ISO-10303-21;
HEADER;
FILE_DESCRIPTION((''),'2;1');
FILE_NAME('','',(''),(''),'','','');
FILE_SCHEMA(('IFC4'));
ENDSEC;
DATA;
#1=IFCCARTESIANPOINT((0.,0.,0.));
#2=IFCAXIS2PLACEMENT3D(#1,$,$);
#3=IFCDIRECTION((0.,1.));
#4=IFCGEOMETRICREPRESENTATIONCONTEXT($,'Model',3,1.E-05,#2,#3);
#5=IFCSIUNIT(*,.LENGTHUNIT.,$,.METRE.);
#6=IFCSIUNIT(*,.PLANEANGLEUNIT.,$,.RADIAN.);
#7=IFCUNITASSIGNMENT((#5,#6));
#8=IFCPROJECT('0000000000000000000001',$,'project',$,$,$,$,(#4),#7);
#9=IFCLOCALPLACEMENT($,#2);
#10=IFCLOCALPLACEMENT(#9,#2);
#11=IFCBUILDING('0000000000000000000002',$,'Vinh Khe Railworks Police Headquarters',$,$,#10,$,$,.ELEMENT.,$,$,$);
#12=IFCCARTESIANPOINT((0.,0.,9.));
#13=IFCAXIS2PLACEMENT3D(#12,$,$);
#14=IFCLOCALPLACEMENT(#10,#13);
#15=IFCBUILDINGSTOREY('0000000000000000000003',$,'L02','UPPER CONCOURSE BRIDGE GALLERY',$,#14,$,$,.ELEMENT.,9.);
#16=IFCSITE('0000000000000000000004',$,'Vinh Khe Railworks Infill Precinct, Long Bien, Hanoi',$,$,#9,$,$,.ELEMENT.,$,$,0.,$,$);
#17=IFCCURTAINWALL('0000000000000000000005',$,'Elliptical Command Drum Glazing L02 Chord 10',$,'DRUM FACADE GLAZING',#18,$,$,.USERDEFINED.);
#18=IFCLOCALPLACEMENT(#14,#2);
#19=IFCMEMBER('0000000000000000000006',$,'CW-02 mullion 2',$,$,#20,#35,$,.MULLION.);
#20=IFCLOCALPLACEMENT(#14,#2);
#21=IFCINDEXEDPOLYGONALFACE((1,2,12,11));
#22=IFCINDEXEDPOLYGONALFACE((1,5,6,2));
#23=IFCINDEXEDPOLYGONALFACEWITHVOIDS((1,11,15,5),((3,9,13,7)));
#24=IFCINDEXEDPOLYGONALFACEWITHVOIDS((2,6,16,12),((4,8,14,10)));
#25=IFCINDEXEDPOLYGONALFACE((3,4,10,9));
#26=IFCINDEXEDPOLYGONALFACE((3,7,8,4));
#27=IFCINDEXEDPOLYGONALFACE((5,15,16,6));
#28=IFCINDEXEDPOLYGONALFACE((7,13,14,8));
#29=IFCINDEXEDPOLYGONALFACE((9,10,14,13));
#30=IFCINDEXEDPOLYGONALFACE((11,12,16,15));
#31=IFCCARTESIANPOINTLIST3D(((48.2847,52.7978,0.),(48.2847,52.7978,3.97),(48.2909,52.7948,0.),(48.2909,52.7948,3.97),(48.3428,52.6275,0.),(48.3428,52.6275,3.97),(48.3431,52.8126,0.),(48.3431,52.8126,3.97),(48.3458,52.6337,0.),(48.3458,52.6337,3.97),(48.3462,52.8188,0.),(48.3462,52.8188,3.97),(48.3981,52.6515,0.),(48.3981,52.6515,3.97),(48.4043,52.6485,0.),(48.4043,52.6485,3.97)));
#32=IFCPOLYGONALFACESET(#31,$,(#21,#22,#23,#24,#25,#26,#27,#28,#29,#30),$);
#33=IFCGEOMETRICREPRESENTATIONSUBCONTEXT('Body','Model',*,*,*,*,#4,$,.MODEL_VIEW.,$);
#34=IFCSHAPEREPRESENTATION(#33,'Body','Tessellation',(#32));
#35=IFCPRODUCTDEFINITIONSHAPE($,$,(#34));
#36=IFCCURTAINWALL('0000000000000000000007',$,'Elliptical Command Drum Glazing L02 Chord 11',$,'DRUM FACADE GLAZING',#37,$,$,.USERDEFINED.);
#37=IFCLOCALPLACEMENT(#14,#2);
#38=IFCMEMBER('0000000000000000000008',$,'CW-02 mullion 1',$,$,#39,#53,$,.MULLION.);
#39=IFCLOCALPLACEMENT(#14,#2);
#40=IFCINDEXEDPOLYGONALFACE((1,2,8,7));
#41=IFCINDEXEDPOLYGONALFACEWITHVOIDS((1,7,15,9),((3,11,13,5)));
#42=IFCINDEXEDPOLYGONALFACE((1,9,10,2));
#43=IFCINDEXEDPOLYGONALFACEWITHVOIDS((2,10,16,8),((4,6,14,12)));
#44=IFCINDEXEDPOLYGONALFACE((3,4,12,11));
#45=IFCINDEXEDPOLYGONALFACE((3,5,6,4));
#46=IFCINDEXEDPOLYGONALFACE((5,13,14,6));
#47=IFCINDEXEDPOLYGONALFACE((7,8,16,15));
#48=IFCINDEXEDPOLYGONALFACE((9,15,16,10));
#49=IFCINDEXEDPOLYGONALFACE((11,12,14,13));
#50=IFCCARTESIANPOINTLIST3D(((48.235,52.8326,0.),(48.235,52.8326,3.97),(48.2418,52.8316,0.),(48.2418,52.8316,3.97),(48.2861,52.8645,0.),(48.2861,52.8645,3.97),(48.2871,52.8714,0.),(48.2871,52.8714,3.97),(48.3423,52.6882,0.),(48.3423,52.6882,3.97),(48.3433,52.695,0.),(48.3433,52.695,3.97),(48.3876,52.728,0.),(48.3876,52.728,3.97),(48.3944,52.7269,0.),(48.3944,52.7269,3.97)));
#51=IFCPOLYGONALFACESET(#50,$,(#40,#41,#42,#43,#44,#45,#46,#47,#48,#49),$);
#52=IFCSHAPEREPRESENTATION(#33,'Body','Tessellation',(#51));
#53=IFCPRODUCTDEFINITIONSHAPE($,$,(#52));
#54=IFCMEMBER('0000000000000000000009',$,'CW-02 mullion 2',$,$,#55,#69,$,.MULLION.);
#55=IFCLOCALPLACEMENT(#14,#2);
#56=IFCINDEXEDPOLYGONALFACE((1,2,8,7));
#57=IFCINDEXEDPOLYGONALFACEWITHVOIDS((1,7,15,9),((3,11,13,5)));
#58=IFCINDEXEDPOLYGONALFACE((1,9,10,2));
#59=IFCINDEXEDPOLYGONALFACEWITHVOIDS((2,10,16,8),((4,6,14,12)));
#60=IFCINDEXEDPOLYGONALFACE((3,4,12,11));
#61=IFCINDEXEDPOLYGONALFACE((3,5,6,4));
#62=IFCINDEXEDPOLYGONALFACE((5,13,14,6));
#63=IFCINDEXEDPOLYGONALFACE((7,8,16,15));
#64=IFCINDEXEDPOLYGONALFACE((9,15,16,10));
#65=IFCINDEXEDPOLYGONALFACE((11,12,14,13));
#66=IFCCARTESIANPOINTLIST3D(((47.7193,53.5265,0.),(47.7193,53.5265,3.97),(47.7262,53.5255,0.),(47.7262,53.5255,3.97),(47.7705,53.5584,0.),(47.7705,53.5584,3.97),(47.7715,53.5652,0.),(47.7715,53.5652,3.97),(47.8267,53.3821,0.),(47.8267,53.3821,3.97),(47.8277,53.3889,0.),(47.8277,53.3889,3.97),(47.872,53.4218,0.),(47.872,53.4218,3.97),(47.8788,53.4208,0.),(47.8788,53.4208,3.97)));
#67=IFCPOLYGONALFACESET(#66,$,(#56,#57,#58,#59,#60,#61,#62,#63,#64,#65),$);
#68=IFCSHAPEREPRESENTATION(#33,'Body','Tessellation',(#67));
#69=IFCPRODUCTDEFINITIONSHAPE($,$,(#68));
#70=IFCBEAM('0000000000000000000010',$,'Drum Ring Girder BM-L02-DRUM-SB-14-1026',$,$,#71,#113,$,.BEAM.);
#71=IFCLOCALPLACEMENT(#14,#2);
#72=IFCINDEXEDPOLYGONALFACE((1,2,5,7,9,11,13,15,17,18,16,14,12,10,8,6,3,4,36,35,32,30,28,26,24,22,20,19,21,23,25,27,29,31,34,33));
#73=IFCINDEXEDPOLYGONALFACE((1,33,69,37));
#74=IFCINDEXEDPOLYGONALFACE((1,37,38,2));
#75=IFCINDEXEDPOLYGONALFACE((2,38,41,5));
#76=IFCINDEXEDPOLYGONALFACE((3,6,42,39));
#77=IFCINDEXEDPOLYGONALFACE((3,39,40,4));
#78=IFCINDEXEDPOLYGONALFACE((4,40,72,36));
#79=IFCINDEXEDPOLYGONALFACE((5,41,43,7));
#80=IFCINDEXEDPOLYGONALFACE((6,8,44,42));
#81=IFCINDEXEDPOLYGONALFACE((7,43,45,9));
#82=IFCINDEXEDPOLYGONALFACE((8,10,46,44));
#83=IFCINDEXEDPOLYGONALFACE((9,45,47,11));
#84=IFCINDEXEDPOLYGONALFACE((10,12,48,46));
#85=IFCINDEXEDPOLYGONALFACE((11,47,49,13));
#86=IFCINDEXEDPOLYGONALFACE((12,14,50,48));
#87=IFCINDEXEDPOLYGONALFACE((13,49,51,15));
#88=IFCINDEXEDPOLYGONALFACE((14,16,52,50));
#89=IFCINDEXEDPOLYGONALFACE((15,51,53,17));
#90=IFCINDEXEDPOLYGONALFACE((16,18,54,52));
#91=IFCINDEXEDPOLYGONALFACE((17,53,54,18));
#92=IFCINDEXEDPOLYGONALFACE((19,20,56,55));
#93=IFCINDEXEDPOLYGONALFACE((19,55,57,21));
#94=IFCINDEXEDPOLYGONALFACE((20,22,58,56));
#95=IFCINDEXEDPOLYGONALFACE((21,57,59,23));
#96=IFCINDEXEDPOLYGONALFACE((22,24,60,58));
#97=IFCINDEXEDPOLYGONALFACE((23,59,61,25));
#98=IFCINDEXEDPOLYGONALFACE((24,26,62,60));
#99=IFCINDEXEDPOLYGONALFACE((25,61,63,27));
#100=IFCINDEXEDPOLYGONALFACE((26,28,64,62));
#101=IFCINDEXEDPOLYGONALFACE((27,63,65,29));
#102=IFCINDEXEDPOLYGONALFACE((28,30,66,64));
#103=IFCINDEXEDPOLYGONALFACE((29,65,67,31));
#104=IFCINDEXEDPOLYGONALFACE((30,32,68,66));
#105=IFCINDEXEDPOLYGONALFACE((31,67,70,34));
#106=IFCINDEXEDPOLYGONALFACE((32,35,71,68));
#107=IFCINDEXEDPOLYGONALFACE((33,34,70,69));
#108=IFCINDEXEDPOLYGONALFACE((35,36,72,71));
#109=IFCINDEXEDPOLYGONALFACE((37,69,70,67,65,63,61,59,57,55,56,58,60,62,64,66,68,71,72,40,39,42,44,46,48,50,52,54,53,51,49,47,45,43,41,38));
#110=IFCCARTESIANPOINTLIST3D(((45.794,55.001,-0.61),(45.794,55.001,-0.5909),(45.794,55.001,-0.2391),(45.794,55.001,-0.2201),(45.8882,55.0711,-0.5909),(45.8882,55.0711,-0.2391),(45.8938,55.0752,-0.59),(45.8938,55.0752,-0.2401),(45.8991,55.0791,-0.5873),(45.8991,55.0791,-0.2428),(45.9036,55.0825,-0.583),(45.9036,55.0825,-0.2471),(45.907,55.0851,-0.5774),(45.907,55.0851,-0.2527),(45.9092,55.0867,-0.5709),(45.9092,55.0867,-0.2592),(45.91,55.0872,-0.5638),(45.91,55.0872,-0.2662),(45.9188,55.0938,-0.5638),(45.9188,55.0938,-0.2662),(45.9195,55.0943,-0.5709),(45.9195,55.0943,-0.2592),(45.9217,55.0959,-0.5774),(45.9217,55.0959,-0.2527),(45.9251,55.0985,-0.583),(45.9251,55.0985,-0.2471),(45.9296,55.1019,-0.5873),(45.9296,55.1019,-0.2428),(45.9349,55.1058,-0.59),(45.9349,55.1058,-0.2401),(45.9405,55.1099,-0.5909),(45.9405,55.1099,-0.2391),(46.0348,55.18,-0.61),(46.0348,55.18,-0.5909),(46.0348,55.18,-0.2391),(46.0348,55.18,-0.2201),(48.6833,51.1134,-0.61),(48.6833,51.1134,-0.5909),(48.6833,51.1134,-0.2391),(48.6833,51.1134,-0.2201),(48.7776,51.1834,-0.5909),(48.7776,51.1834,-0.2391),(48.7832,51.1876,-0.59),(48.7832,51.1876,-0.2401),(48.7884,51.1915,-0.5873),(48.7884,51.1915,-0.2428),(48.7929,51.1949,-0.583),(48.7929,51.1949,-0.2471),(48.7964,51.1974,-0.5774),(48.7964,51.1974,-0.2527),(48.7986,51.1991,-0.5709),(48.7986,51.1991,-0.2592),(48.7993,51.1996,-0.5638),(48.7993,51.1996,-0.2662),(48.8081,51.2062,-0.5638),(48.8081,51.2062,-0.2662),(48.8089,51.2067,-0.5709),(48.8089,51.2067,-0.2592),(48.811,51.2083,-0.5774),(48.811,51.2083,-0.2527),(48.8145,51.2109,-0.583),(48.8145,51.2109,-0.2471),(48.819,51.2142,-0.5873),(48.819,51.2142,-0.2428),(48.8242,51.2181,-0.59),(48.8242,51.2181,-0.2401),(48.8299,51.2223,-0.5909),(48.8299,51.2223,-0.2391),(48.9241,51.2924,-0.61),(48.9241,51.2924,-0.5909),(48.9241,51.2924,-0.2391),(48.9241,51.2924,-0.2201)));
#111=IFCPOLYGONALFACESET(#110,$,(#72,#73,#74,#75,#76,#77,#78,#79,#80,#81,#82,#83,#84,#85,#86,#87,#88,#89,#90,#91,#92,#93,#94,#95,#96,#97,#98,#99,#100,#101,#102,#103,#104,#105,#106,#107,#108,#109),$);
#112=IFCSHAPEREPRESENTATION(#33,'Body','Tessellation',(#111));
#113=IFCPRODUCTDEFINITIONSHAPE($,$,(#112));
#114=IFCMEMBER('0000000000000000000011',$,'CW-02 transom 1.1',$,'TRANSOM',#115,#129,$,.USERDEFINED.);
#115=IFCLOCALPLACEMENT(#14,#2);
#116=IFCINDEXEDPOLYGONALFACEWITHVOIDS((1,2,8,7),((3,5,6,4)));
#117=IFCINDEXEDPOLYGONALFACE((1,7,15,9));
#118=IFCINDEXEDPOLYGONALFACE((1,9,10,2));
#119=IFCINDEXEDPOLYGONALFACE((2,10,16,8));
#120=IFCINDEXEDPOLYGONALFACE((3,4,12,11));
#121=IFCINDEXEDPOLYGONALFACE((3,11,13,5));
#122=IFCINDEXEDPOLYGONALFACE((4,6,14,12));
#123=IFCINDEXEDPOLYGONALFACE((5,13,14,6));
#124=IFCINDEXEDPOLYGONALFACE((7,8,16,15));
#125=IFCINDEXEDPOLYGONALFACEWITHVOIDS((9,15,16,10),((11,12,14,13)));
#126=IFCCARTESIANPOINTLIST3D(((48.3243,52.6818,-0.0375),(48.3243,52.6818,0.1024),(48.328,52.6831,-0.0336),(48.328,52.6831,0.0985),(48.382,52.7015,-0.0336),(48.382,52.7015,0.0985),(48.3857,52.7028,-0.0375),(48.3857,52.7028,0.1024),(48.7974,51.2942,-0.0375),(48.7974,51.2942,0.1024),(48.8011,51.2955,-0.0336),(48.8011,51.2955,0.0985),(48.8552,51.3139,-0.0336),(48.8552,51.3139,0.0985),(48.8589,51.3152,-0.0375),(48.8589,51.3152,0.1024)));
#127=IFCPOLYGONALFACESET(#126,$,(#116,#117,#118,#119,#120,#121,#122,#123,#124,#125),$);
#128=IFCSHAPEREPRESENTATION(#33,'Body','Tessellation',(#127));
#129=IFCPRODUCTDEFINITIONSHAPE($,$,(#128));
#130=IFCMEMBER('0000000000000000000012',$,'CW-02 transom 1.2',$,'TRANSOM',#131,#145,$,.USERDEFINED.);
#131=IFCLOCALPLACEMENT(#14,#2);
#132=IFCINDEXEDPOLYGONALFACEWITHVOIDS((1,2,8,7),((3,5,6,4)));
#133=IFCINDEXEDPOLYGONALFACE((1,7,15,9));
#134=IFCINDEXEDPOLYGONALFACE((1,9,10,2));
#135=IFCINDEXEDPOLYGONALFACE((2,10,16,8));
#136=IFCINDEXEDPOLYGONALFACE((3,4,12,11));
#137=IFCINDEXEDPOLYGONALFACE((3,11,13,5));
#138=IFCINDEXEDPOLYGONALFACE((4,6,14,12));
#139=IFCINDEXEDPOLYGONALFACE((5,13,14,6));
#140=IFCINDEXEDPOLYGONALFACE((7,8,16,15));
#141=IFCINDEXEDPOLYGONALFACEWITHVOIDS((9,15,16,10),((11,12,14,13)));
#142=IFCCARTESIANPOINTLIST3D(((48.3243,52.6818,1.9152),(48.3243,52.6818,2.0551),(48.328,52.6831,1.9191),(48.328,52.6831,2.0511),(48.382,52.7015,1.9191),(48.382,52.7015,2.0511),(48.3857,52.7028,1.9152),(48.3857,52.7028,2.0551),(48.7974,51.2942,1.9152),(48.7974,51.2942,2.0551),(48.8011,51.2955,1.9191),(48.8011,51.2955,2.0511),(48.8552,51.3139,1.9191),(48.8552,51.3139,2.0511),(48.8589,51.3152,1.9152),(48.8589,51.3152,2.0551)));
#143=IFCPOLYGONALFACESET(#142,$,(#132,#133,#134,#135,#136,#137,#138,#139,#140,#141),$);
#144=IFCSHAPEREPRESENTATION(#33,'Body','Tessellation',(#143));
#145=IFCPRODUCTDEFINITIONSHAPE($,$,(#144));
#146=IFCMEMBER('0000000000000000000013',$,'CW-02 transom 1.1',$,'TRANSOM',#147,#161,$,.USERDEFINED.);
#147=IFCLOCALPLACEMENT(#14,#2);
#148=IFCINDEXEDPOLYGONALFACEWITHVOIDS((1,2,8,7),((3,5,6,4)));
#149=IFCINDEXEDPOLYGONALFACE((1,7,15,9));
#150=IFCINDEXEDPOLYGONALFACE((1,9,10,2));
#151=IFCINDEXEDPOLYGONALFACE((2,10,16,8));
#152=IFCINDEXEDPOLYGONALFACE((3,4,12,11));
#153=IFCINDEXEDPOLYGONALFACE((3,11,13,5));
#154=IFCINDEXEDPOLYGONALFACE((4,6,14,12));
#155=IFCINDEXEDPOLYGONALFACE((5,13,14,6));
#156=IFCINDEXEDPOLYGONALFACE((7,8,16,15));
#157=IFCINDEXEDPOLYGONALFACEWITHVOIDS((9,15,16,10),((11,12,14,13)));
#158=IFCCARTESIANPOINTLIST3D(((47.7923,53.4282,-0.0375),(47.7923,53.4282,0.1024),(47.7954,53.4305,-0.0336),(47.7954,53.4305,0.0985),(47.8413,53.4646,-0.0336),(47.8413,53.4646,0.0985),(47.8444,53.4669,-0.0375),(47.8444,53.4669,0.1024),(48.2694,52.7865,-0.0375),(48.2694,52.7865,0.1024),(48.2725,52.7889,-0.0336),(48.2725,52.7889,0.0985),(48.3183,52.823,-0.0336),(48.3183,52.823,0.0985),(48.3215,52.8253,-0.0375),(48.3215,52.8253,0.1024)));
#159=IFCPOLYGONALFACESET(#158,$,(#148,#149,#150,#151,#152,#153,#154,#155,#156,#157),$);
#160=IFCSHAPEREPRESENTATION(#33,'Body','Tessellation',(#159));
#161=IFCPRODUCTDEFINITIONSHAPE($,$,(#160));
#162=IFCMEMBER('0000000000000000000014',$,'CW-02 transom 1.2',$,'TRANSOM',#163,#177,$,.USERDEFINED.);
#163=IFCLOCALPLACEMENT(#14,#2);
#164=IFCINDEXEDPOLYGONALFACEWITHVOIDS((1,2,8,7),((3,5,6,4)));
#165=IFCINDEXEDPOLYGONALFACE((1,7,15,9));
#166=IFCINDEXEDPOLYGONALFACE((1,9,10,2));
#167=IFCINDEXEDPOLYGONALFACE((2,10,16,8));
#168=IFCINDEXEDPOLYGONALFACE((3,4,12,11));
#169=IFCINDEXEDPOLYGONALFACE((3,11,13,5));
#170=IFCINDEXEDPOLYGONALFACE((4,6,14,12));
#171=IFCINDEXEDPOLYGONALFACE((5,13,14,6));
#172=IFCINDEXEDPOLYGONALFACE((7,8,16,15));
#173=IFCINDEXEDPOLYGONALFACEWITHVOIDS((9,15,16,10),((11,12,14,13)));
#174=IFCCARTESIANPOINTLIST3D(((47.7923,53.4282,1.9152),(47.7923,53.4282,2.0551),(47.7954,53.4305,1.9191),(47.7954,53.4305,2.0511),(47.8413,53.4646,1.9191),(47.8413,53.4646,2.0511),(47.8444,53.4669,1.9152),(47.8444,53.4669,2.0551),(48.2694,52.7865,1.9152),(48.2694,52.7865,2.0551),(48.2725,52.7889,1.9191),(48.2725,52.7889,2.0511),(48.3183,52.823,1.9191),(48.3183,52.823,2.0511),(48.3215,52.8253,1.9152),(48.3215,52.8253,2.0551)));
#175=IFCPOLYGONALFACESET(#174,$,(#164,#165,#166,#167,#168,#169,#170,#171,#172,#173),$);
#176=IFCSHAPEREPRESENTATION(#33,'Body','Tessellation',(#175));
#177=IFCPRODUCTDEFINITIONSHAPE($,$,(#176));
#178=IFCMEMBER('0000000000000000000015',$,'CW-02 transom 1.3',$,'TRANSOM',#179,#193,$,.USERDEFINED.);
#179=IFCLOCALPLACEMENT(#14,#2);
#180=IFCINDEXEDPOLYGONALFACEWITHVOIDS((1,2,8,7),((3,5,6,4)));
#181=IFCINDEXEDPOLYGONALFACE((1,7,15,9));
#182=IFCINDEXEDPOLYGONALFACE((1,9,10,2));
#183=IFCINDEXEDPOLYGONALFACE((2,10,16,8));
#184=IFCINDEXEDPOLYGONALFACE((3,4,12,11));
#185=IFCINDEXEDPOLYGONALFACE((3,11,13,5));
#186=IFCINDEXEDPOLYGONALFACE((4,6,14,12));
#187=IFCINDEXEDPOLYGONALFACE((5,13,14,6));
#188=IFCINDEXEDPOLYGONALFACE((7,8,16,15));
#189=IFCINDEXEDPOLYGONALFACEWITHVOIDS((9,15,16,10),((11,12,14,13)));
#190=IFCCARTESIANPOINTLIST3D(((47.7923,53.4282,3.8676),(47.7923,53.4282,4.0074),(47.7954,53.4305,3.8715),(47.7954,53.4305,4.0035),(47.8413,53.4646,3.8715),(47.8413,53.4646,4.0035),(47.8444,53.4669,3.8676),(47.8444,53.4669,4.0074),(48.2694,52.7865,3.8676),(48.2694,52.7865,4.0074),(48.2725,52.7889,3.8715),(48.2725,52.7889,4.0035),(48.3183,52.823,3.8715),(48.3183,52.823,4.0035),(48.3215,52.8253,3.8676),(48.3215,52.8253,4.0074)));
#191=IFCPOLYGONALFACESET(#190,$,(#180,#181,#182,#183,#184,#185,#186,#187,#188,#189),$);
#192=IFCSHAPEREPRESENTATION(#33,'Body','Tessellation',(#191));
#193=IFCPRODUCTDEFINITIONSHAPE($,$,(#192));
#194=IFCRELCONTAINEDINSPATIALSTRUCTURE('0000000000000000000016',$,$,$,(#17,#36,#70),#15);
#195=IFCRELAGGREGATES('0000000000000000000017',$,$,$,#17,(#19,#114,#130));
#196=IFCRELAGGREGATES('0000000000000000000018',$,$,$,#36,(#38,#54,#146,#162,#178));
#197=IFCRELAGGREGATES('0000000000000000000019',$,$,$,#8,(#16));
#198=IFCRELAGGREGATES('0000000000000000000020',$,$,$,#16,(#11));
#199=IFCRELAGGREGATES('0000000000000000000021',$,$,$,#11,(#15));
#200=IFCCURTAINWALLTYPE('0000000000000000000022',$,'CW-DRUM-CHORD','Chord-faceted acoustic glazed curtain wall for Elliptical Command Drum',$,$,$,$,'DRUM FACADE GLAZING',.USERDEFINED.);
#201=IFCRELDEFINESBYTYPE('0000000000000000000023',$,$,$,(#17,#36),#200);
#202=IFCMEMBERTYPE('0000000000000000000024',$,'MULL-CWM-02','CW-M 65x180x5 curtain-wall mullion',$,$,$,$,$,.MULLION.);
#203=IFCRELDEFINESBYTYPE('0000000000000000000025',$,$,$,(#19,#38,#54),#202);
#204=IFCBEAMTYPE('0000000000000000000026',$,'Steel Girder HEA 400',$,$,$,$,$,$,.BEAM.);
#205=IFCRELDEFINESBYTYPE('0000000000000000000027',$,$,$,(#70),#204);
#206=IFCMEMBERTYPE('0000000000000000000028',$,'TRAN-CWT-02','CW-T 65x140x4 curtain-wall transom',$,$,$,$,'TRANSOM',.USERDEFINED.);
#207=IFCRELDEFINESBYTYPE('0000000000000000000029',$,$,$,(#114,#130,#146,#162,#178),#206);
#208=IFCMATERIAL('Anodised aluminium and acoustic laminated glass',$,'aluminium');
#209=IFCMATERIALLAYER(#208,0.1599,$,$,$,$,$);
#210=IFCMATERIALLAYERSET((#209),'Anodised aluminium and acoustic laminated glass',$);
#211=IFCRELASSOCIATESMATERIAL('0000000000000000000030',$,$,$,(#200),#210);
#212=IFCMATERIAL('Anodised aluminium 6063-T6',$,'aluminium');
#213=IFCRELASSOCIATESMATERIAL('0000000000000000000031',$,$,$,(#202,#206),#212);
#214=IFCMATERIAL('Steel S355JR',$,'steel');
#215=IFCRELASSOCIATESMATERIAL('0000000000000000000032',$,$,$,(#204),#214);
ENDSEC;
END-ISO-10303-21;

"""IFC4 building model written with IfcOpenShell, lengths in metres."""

from ifc_helpers import new_model, si_unit, direction, frame, origin, origin_2d, place, context, subcontext, project, spatial, hollow_rectangle, i_section, extrude, material, layer, layer_set, material_profile, profile_set, type_object, element, aggregate, save


model = new_model("IFC4")

# Units and contexts
model_context = context("Model", 3, precision=1e-05, world=origin(), true_north=direction((0.0, 1.0)))
body_context = subcontext(model_context, "Body", "Model", "MODEL_VIEW")
ifc_project = project(units=[si_unit("LENGTHUNIT", "METRE"), si_unit("PLANEANGLEUNIT", "RADIAN")], contexts=[model_context])

# Site, building, storey
site_placement = place(None, origin())
site = spatial("IfcSite", under=ifc_project, at=site_placement, Name="Vinh Khe Railworks Infill Precinct, Long Bien, Hanoi", CompositionType="ELEMENT", RefElevation=0.0)
building_placement = place(site_placement, origin())
building = spatial("IfcBuilding", under=site, at=building_placement, Name="Vinh Khe Railworks Police Headquarters", CompositionType="ELEMENT")
storey_placement = place(building_placement, frame((0.0, 0.0, 9.0)))
storey = spatial("IfcBuildingStorey", under=building, at=storey_placement, Name="L02", Description="UPPER CONCOURSE BRIDGE GALLERY", CompositionType="ELEMENT", Elevation=9.0)

# Curtain wall, member
ifc_material_1 = material(Name="Anodised aluminium and acoustic laminated glass", Category="aluminium")
ifc_layer_1 = layer(ifc_material_1, 0.1599)
ifc_layer_set_1 = layer_set([ifc_layer_1], Name="Anodised aluminium and acoustic laminated glass")
curtain_wall_type = type_object("IfcCurtainWallType", Name="CW-DRUM-CHORD", Description="Chord-faceted acoustic glazed curtain wall for Elliptical Command Drum", ElementType="DRUM FACADE GLAZING", PredefinedType="USERDEFINED", material=ifc_layer_set_1)
curtain_wall_1_placement = place(storey_placement, origin())
curtain_wall_1 = element("IfcCurtainWall", 1, at=curtain_wall_1_placement, inside=storey, type_object=curtain_wall_type, Name="Elliptical Command Drum Glazing L02 Chord 10", ObjectType="DRUM FACADE GLAZING", PredefinedType="USERDEFINED")
ifc_material_2 = material(Name="Anodised aluminium 6063-T6", Category="aluminium")
ifc_material_profile_1 = material_profile(ifc_material_2, hollow_rectangle(XDim=0.0649, YDim=0.1799, WallThickness=0.0049, at=origin_2d()), Name="CW-M 65x180x5")
ifc_profile_set_1 = profile_set([ifc_material_profile_1], Name="Anodised aluminium 6063-T6")
member_type_1 = type_object("IfcMemberType", Name="MULL-CWM-02", Description="CW-M 65x180x5 curtain-wall mullion", PredefinedType="MULLION", material=ifc_profile_set_1)
member_1_placement = place(storey_placement, frame((48.3445, 52.7231, 0.0), z_axis=(0.0, 0.0, 1.0), x_axis=(-0.946486, -0.322746, 0.0)))
member_1 = element("IfcMember", 2, at=member_1_placement, type_object=member_type_1, Name="CW-02 mullion 2", PredefinedType="MULLION", context=body_context, shape_type="SweptSolid", body=[
    extrude(hollow_rectangle(XDim=0.0649, YDim=0.1799, WallThickness=0.0049, at=origin_2d()), origin(), (0.0, 0.0, 1.0), 3.97),
])

# Curtain wall, members
curtain_wall_2_placement = place(storey_placement, origin())
curtain_wall_2 = element("IfcCurtainWall", 3, at=curtain_wall_2_placement, inside=storey, type_object=curtain_wall_type, Name="Elliptical Command Drum Glazing L02 Chord 11", ObjectType="DRUM FACADE GLAZING", PredefinedType="USERDEFINED")
member_2_placement = place(storey_placement, frame((48.3147, 52.7798, 0.0), z_axis=(0.0, 0.0, 1.0), x_axis=(-0.802592, -0.596528, 0.0)))
member_2 = element("IfcMember", 4, at=member_2_placement, type_object=member_type_1, Name="CW-02 mullion 1", PredefinedType="MULLION", context=body_context, shape_type="SweptSolid", body=[
    extrude(hollow_rectangle(XDim=0.0649, YDim=0.1799, WallThickness=0.0049, at=origin_2d()), origin(), (0.0, 0.0, 1.0), 3.97),
])
member_3_placement = place(storey_placement, frame((47.7991, 53.4736, 0.0), z_axis=(0.0, 0.0, 1.0), x_axis=(-0.802592, -0.596528, 0.0)))
member_3 = element("IfcMember", 5, at=member_3_placement, type_object=member_type_1, Name="CW-02 mullion 2", PredefinedType="MULLION", context=body_context, shape_type="SweptSolid", body=[
    extrude(hollow_rectangle(XDim=0.0649, YDim=0.1799, WallThickness=0.0049, at=origin_2d()), origin(), (0.0, 0.0, 1.0), 3.97),
])

# Beam
ifc_material_3 = material(Name="Steel S355JR", Category="steel")
ifc_material_profile_2 = material_profile(ifc_material_3, i_section(OverallWidth=0.3, OverallDepth=0.3899, WebThickness=0.011, FlangeThickness=0.019, FilletRadius=0.0271, at=origin_2d()), Name="HEA 400")
ifc_profile_set_2 = profile_set([ifc_material_profile_2], Name="Steel S355JR")
beam_type = type_object("IfcBeamType", Name="Steel Girder HEA 400", PredefinedType="BEAM", material=ifc_profile_set_2)
beam_placement = place(storey_placement, frame((48.8037, 51.2029, -0.415), z_axis=(-0.596511, 0.802605, 0.0), x_axis=(-0.802605, -0.596511, 0.0)))
element("IfcBeam", 6, at=beam_placement, inside=storey, type_object=beam_type, Name="Drum Ring Girder BM-L02-DRUM-SB-14-1026", PredefinedType="BEAM", context=body_context, shape_type="SweptSolid", body=[
    extrude(i_section(OverallWidth=0.3, OverallDepth=0.3899, WebThickness=0.011, FlangeThickness=0.019, FilletRadius=0.0271, at=origin_2d()), origin(), (0.0, 0.0, 1.0), 4.8438),
])

# Members
ifc_material_profile_3 = material_profile(ifc_material_2, hollow_rectangle(XDim=0.0649, YDim=0.1399, WallThickness=0.0039, at=origin_2d()), Name="CW-T 65x140x4")
ifc_profile_set_3 = profile_set([ifc_material_profile_3], Name="Anodised aluminium 6063-T6")
member_type_2 = type_object("IfcMemberType", Name="TRAN-CWT-02", Description="CW-T 65x140x4 curtain-wall transom", ElementType="TRANSOM", PredefinedType="USERDEFINED", material=ifc_profile_set_3)
member_4_placement = place(storey_placement, frame((48.8281, 51.3047, 0.0325), z_axis=(-0.322715, 0.946496, 0.0), x_axis=(-0.946496, -0.322715, 0.0)))
member_4 = element("IfcMember", 7, at=member_4_placement, type_object=member_type_2, Name="CW-02 transom 1.1", ObjectType="TRANSOM", PredefinedType="USERDEFINED", context=body_context, shape_type="SweptSolid", body=[
    extrude(hollow_rectangle(XDim=0.0649, YDim=0.1399, WallThickness=0.0039, at=origin_2d()), origin(), (0.0, 0.0, 1.0), 1.4661),
])
member_5_placement = place(storey_placement, frame((48.8281, 51.3047, 1.9851), z_axis=(-0.322715, 0.946496, 0.0), x_axis=(-0.946496, -0.322715, 0.0)))
member_5 = element("IfcMember", 8, at=member_5_placement, type_object=member_type_2, Name="CW-02 transom 1.2", ObjectType="TRANSOM", PredefinedType="USERDEFINED", context=body_context, shape_type="SweptSolid", body=[
    extrude(hollow_rectangle(XDim=0.0649, YDim=0.1399, WallThickness=0.0039, at=origin_2d()), origin(), (0.0, 0.0, 1.0), 1.4661),
])
member_6_placement = place(storey_placement, frame((48.2954, 52.8059, 0.0325), z_axis=(-0.596673, 0.802485, 0.0), x_axis=(-0.802485, -0.596673, 0.0)))
member_6 = element("IfcMember", 9, at=member_6_placement, type_object=member_type_2, Name="CW-02 transom 1.1", ObjectType="TRANSOM", PredefinedType="USERDEFINED", context=body_context, shape_type="SweptSolid", body=[
    extrude(hollow_rectangle(XDim=0.0649, YDim=0.1399, WallThickness=0.0039, at=origin_2d()), origin(), (0.0, 0.0, 1.0), 0.7996),
])
member_7_placement = place(storey_placement, frame((48.2954, 52.8059, 1.9851), z_axis=(-0.596673, 0.802485, 0.0), x_axis=(-0.802485, -0.596673, 0.0)))
member_7 = element("IfcMember", 10, at=member_7_placement, type_object=member_type_2, Name="CW-02 transom 1.2", ObjectType="TRANSOM", PredefinedType="USERDEFINED", context=body_context, shape_type="SweptSolid", body=[
    extrude(hollow_rectangle(XDim=0.0649, YDim=0.1399, WallThickness=0.0039, at=origin_2d()), origin(), (0.0, 0.0, 1.0), 0.7996),
])
member_8_placement = place(storey_placement, frame((48.2954, 52.8059, 3.9375), z_axis=(-0.596673, 0.802485, 0.0), x_axis=(-0.802485, -0.596673, 0.0)))
member_8 = element("IfcMember", 11, at=member_8_placement, type_object=member_type_2, Name="CW-02 transom 1.3", ObjectType="TRANSOM", PredefinedType="USERDEFINED", context=body_context, shape_type="SweptSolid", body=[
    extrude(hollow_rectangle(XDim=0.0649, YDim=0.1399, WallThickness=0.0039, at=origin_2d()), origin(), (0.0, 0.0, 1.0), 0.7996),
])

aggregate(curtain_wall_1, [member_1, member_4, member_5])
aggregate(curtain_wall_2, [member_2, member_3, member_6, member_7, member_8])

save(model, "model.ifc")
